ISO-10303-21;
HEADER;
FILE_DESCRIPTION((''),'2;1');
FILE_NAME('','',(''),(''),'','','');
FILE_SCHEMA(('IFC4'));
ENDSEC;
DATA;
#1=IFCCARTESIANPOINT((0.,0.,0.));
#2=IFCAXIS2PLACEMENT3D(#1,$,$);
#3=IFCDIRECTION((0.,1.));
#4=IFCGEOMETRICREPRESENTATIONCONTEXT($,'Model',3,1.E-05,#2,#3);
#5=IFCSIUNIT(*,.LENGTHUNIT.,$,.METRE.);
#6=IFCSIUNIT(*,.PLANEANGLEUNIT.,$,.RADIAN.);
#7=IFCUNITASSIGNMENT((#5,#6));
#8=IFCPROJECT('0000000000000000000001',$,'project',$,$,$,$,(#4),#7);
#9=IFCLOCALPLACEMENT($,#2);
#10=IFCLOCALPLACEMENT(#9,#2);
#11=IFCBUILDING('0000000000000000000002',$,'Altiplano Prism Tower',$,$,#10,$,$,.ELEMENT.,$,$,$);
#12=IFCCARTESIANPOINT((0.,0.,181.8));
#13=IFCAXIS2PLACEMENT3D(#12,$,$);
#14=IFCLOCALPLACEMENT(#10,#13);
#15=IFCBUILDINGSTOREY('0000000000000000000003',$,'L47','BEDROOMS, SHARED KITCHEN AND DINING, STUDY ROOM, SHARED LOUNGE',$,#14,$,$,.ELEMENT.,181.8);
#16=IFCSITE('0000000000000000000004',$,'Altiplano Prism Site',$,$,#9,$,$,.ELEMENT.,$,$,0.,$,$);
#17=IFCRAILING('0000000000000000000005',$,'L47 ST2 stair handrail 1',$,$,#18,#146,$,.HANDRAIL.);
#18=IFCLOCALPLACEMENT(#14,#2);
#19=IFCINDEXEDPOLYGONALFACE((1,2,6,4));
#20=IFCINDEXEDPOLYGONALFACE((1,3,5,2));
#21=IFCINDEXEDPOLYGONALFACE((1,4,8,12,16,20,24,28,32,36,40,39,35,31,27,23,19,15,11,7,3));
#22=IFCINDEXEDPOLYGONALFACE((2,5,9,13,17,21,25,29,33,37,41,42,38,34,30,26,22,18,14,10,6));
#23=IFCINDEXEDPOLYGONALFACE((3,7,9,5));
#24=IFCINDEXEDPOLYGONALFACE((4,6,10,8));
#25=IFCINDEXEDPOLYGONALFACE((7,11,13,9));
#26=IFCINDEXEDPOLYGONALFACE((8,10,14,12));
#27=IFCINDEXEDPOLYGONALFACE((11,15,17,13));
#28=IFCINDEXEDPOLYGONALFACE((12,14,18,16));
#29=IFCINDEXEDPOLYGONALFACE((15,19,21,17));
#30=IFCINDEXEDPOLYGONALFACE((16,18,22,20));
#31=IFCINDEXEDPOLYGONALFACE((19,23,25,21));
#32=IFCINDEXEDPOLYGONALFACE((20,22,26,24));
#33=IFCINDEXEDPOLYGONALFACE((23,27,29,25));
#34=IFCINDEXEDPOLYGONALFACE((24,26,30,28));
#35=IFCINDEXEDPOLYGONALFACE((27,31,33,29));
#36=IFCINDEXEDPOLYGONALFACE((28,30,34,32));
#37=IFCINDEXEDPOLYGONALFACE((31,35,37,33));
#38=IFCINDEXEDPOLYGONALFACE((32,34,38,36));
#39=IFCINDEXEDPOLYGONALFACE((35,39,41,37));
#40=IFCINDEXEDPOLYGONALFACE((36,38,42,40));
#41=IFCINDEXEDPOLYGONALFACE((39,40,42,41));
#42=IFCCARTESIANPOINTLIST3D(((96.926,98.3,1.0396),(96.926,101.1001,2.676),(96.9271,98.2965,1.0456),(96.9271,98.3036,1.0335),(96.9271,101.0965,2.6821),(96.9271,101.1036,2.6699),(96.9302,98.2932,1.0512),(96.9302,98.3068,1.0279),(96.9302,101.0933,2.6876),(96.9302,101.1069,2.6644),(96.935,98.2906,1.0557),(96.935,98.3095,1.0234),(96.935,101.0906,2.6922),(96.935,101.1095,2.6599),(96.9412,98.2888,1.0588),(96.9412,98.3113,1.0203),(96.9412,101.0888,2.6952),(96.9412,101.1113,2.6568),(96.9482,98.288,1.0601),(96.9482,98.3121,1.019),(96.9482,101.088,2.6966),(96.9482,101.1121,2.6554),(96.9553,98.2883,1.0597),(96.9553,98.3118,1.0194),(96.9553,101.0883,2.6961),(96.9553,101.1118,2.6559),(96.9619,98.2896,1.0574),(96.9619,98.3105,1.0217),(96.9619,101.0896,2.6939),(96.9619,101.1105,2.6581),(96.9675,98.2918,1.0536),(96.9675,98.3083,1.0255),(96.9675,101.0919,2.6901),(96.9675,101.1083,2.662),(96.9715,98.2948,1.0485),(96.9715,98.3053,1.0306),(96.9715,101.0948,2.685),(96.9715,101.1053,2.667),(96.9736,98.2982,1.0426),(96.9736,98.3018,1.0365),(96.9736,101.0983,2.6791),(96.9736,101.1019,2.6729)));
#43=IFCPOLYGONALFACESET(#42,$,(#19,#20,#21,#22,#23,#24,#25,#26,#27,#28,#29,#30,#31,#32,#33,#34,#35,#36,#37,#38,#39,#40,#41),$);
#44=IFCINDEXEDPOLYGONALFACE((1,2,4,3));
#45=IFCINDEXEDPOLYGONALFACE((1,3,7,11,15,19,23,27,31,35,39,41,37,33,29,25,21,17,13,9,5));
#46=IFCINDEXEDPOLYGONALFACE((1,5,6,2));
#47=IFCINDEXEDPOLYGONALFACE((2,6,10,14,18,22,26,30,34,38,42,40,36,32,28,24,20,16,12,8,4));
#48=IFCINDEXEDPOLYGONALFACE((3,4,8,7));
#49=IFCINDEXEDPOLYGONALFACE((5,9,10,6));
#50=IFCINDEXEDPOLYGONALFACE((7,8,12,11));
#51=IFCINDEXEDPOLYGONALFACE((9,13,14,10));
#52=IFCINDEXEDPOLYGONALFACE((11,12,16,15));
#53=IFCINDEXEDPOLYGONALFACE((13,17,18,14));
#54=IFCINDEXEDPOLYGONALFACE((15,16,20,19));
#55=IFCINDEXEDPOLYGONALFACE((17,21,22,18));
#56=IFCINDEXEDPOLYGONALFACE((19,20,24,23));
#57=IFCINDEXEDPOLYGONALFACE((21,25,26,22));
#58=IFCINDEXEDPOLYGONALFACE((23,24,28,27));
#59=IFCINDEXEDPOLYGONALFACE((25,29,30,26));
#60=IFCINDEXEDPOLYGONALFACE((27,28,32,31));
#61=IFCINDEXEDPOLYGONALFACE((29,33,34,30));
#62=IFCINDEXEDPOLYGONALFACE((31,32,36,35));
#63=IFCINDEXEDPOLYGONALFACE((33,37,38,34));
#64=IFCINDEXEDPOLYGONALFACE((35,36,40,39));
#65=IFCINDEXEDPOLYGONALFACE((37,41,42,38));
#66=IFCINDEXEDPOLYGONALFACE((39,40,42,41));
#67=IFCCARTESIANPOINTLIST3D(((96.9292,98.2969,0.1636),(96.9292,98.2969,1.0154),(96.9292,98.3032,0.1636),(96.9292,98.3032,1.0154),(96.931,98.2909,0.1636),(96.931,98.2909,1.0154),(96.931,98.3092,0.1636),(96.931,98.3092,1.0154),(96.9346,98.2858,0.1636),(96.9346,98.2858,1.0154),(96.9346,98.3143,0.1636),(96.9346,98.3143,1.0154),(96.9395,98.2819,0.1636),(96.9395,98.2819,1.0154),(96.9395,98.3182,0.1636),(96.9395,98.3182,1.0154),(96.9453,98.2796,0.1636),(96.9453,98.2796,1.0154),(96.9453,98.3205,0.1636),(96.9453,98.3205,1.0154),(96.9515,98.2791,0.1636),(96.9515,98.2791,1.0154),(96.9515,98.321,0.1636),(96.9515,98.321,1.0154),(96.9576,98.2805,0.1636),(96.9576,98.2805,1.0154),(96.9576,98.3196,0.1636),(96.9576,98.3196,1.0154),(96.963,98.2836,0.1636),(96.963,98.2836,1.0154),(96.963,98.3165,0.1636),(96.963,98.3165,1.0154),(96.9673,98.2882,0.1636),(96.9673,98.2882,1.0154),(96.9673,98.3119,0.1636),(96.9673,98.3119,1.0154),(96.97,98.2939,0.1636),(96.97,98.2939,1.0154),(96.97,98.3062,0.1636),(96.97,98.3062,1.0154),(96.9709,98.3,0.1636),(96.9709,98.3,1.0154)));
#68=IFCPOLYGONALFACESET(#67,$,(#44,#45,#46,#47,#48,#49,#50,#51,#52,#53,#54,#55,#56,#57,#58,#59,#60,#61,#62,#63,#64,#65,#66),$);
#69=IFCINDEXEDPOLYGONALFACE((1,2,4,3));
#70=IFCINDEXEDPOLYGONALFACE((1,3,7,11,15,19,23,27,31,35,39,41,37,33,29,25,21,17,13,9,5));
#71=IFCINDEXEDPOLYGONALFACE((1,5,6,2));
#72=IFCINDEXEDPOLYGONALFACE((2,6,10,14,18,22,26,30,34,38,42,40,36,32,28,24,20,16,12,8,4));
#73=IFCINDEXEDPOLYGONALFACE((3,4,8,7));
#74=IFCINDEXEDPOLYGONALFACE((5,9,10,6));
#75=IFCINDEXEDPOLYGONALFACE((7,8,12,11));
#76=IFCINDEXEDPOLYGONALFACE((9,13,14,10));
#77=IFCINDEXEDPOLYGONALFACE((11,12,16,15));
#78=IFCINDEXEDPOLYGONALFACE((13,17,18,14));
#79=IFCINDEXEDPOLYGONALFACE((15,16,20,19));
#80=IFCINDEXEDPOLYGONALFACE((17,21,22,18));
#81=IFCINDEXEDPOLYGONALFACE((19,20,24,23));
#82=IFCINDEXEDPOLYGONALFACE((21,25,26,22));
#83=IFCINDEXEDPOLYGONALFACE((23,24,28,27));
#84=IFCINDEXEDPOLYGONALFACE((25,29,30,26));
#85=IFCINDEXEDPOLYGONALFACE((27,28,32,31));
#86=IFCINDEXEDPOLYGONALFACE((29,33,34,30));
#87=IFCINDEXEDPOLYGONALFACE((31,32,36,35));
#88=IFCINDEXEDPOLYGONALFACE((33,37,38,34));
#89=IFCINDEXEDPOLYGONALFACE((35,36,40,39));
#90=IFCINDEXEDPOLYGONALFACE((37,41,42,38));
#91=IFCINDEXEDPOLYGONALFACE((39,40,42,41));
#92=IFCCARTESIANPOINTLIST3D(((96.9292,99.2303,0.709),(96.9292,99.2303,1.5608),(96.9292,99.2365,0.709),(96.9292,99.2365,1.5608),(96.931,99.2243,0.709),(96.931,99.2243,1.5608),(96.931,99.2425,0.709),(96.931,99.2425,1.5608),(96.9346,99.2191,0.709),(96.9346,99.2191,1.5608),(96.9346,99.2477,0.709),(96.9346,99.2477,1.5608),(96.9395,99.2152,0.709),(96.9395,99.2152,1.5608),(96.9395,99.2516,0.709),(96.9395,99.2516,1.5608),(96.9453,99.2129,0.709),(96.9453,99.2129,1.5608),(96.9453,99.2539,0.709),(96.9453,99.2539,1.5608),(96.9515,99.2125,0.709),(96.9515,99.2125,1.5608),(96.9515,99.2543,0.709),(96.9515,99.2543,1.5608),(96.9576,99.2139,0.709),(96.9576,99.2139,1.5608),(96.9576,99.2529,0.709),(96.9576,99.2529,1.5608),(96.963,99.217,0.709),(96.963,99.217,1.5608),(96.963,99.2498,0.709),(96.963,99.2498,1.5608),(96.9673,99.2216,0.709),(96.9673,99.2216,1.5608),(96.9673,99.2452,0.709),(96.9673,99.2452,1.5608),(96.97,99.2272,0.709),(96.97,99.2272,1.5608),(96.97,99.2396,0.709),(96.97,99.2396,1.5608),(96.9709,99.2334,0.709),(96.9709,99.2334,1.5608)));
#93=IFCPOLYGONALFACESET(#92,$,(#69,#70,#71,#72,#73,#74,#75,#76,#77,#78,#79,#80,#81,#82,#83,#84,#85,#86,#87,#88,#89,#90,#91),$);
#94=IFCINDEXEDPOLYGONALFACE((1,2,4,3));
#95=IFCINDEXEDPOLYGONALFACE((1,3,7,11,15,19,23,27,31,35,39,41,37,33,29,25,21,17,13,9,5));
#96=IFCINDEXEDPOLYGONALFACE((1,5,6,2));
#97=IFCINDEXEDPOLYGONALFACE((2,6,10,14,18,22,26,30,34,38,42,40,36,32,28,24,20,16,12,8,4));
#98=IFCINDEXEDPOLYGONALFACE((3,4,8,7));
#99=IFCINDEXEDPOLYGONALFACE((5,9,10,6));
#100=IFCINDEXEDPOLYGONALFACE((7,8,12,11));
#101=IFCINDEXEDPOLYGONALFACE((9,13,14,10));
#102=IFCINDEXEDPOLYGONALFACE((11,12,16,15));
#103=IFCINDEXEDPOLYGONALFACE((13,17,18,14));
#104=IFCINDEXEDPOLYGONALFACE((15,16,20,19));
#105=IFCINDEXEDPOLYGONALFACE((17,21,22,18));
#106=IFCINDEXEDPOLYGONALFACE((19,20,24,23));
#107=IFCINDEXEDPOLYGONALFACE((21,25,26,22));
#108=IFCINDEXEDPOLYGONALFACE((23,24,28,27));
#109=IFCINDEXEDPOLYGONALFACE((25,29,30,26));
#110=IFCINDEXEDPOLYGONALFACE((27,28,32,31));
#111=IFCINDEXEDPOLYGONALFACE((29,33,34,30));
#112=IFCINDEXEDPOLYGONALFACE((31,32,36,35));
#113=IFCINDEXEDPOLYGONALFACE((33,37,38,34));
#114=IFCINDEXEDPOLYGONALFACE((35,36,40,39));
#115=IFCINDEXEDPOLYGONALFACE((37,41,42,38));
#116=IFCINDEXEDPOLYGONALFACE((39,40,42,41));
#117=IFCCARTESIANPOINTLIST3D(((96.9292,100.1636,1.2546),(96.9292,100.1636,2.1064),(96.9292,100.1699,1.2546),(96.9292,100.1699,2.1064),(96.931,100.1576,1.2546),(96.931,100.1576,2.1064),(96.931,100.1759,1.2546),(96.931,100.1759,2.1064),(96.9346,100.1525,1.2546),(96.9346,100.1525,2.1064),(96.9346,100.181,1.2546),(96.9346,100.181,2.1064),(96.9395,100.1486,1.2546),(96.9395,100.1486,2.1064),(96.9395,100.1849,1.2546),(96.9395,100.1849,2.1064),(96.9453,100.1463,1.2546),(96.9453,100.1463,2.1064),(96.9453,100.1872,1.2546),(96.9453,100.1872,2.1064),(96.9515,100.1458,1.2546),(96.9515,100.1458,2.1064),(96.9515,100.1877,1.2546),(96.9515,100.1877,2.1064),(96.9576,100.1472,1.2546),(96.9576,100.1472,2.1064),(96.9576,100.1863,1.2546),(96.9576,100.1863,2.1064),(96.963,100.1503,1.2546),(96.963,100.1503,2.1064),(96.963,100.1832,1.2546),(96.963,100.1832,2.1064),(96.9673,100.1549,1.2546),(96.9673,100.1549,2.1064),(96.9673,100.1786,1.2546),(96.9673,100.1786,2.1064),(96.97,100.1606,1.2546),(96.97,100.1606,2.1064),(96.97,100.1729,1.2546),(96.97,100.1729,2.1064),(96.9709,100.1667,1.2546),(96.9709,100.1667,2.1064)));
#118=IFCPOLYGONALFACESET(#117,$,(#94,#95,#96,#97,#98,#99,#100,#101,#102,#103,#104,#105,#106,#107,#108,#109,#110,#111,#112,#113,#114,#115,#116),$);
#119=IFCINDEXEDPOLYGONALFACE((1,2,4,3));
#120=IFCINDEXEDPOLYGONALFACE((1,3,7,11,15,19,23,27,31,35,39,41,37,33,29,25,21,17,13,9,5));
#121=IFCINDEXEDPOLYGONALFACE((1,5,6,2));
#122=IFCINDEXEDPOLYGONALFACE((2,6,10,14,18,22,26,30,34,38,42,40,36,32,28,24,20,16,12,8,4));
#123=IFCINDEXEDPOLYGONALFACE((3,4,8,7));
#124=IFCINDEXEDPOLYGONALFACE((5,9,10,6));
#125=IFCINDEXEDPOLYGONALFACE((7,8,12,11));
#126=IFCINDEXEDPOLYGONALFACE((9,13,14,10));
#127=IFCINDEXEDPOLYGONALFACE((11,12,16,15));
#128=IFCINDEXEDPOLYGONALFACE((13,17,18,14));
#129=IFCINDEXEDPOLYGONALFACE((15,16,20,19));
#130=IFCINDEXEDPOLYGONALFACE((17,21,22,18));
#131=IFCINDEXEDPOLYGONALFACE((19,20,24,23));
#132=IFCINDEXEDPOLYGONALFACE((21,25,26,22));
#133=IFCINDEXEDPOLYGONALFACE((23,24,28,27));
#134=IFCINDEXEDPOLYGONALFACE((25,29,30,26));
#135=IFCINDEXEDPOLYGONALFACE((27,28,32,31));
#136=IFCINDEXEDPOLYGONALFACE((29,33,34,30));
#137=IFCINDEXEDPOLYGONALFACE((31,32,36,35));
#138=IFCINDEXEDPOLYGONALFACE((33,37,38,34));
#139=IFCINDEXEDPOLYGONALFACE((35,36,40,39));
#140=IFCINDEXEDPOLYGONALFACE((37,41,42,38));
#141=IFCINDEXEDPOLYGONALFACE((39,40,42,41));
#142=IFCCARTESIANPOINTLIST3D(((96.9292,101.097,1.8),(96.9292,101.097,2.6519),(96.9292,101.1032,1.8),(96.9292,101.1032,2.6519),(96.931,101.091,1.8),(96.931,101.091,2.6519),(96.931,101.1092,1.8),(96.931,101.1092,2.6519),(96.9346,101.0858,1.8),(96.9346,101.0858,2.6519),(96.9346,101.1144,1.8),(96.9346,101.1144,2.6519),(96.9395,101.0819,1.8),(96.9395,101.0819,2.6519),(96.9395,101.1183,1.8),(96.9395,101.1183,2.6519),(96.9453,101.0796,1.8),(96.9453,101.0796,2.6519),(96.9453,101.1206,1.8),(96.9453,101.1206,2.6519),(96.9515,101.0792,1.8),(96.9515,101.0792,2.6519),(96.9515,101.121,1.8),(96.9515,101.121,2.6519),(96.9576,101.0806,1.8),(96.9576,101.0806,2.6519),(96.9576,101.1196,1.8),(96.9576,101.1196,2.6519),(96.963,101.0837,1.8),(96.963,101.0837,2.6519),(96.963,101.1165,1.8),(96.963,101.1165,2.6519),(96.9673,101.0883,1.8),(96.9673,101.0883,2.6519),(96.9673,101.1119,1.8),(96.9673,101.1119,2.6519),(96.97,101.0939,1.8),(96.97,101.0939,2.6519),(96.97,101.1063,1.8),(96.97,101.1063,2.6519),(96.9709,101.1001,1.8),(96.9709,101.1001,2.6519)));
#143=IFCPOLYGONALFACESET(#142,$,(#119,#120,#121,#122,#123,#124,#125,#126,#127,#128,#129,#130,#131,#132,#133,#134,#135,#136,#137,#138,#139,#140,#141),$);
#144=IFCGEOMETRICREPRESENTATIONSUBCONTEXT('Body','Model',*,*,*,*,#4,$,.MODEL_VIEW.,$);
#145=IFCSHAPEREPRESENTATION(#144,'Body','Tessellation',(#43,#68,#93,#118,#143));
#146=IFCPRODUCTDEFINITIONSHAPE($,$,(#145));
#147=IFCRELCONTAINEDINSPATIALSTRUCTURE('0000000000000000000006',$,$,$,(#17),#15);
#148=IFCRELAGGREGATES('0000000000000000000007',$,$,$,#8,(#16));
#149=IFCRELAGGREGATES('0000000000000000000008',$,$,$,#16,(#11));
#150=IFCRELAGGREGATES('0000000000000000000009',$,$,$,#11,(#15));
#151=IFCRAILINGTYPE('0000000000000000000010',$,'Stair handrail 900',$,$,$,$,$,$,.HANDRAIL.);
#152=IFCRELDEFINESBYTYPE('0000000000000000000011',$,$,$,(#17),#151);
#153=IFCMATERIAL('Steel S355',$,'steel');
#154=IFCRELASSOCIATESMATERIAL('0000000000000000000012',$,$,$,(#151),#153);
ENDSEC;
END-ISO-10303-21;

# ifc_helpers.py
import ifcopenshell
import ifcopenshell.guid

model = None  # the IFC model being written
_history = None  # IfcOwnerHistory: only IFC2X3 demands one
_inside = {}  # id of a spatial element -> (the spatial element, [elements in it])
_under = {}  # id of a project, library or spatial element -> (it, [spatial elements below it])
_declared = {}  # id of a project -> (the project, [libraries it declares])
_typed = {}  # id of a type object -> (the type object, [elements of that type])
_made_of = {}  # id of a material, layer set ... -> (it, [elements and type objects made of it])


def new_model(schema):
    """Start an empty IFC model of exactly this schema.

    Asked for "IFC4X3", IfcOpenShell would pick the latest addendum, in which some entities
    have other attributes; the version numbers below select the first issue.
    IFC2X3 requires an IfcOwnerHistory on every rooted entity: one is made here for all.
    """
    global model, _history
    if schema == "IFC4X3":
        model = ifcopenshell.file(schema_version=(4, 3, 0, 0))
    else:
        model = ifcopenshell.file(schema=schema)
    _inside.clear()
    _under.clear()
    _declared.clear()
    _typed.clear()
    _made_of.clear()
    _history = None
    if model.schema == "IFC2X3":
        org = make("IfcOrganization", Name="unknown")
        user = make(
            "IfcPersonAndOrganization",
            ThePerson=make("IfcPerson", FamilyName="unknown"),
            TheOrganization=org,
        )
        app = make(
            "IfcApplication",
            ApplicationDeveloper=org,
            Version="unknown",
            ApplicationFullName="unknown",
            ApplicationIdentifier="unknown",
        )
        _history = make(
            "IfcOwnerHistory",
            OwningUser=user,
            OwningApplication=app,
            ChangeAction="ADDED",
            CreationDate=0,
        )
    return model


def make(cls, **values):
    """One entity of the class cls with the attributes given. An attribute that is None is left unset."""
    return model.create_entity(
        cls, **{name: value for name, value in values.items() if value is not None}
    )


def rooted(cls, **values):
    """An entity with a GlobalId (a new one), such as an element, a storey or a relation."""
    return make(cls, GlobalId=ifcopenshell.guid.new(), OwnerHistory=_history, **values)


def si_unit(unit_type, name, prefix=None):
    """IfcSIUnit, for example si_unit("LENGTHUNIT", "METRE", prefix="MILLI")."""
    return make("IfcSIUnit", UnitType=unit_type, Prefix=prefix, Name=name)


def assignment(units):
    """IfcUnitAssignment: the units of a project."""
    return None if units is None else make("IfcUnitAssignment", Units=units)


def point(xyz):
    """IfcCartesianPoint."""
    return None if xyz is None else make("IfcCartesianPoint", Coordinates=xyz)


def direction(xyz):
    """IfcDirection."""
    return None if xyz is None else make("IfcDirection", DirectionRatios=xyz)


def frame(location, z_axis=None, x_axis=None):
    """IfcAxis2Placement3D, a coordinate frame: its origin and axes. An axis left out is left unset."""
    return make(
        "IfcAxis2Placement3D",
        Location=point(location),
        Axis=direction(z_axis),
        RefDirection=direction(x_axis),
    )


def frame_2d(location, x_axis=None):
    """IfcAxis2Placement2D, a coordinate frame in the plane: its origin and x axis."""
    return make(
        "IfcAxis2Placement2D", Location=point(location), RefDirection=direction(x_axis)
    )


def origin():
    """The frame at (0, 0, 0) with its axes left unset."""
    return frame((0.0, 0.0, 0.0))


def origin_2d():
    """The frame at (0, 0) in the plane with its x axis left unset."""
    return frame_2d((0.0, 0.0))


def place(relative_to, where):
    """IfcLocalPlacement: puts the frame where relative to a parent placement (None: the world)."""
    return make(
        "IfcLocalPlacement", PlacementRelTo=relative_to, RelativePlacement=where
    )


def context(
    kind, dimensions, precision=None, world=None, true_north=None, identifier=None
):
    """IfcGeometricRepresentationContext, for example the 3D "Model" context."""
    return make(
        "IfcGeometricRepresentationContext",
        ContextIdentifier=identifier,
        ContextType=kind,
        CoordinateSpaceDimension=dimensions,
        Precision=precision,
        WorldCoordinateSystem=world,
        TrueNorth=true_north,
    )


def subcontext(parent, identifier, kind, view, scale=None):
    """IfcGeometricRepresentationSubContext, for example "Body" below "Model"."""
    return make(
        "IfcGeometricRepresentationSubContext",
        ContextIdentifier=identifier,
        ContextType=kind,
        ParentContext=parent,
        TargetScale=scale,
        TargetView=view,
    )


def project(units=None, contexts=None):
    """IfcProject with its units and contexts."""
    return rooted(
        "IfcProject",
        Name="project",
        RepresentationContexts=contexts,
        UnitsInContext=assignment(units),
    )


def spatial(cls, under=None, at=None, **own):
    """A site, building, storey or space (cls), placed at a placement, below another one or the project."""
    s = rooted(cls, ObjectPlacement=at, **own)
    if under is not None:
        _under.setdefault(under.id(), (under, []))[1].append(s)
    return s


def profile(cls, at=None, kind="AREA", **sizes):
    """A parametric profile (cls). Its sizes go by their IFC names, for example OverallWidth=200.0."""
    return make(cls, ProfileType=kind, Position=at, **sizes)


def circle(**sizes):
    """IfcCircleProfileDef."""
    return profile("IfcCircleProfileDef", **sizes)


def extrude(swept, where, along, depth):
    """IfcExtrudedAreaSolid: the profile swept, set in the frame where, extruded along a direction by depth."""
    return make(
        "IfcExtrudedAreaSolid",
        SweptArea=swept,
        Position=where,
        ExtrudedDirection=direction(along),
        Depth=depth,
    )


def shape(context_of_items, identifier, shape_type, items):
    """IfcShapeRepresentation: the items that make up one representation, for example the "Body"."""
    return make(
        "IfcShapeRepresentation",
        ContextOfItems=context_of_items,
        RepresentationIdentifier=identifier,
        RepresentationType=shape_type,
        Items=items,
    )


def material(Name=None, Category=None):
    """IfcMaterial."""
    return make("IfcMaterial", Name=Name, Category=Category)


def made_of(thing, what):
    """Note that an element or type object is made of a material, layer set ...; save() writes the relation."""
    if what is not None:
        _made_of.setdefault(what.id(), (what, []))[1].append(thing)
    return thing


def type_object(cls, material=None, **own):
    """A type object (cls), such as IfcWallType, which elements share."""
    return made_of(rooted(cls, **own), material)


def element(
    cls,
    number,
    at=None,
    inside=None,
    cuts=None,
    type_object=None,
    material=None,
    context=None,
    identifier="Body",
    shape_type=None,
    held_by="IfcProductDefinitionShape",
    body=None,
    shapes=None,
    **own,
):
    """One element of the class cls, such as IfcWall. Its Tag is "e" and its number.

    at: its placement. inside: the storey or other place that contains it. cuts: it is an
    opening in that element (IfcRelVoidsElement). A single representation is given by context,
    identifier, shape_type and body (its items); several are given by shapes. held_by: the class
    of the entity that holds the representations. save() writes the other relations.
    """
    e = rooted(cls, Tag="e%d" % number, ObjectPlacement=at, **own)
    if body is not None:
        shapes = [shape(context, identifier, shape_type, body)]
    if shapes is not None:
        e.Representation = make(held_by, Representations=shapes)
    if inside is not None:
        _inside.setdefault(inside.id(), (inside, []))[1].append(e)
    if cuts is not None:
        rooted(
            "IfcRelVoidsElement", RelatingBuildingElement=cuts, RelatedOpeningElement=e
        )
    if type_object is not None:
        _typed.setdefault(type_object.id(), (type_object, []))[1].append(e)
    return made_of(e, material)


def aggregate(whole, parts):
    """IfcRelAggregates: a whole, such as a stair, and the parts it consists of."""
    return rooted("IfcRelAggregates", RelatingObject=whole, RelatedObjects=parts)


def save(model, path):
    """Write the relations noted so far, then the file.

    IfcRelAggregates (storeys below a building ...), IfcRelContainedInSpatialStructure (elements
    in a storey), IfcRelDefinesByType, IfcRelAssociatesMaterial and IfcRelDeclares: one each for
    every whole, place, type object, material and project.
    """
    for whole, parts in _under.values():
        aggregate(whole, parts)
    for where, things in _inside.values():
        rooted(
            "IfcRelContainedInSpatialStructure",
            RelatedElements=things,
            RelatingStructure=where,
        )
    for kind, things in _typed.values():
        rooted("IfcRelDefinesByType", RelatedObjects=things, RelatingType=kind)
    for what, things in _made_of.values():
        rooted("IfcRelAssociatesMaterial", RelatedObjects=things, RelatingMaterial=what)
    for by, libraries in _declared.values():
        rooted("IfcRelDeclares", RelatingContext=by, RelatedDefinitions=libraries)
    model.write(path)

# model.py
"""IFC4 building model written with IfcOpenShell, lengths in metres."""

from ifc_helpers import new_model, si_unit, direction, frame, origin, origin_2d, place, context, subcontext, project, spatial, circle, extrude, material, type_object, element, save


model = new_model("IFC4")

# Units and contexts
model_context = context("Model", 3, precision=1e-05, world=origin(), true_north=direction((0.0, 1.0)))
body_context = subcontext(model_context, "Body", "Model", "MODEL_VIEW")
ifc_project = project(units=[si_unit("LENGTHUNIT", "METRE"), si_unit("PLANEANGLEUNIT", "RADIAN")], contexts=[model_context])

# Site, building, storey
site_placement = place(None, origin())
site = spatial("IfcSite", under=ifc_project, at=site_placement, Name="Altiplano Prism Site", CompositionType="ELEMENT", RefElevation=0.0)
building_placement = place(site_placement, origin())
building = spatial("IfcBuilding", under=site, at=building_placement, Name="Altiplano Prism Tower", CompositionType="ELEMENT")
storey_placement = place(building_placement, frame((0.0, 0.0, 181.8)))
storey = spatial("IfcBuildingStorey", under=building, at=storey_placement, Name="L47", Description="BEDROOMS, SHARED KITCHEN AND DINING, STUDY ROOM, SHARED LOUNGE", CompositionType="ELEMENT", Elevation=181.8)

# Railing
ifc_material_1 = material(Name="Steel S355", Category="steel")
railing_type = type_object("IfcRailingType", Name="Stair handrail 900", PredefinedType="HANDRAIL", material=ifc_material_1)
railing_placement = place(storey_placement, frame((96.95, 98.3, 0.1636)))
element("IfcRailing", 1, at=railing_placement, inside=storey, type_object=railing_type, Name="L47 ST2 stair handrail 1", PredefinedType="HANDRAIL", context=body_context, shape_type="SweptSolid", body=[
    extrude(circle(Radius=0.0239, at=origin_2d()), frame((0.0, 0.0, 0.876), z_axis=(0.0, 0.863361, 0.504587), x_axis=(-1.0, 0.0, 0.0)), (0.0, 0.0, 1.0), 3.2432),
    extrude(circle(Radius=0.021, at=origin_2d()), origin(), (0.0, 0.0, 1.0), 0.8518),
    extrude(circle(Radius=0.021, at=origin_2d()), frame((0.0, 0.9333, 0.5454)), (0.0, 0.0, 1.0), 0.8518),
    extrude(circle(Radius=0.021, at=origin_2d()), frame((0.0, 1.8667, 1.0911)), (0.0, 0.0, 1.0), 0.8518),
    extrude(circle(Radius=0.021, at=origin_2d()), frame((0.0, 2.8, 1.6365)), (0.0, 0.0, 1.0), 0.8518),
])

save(model, "model.ifc")
